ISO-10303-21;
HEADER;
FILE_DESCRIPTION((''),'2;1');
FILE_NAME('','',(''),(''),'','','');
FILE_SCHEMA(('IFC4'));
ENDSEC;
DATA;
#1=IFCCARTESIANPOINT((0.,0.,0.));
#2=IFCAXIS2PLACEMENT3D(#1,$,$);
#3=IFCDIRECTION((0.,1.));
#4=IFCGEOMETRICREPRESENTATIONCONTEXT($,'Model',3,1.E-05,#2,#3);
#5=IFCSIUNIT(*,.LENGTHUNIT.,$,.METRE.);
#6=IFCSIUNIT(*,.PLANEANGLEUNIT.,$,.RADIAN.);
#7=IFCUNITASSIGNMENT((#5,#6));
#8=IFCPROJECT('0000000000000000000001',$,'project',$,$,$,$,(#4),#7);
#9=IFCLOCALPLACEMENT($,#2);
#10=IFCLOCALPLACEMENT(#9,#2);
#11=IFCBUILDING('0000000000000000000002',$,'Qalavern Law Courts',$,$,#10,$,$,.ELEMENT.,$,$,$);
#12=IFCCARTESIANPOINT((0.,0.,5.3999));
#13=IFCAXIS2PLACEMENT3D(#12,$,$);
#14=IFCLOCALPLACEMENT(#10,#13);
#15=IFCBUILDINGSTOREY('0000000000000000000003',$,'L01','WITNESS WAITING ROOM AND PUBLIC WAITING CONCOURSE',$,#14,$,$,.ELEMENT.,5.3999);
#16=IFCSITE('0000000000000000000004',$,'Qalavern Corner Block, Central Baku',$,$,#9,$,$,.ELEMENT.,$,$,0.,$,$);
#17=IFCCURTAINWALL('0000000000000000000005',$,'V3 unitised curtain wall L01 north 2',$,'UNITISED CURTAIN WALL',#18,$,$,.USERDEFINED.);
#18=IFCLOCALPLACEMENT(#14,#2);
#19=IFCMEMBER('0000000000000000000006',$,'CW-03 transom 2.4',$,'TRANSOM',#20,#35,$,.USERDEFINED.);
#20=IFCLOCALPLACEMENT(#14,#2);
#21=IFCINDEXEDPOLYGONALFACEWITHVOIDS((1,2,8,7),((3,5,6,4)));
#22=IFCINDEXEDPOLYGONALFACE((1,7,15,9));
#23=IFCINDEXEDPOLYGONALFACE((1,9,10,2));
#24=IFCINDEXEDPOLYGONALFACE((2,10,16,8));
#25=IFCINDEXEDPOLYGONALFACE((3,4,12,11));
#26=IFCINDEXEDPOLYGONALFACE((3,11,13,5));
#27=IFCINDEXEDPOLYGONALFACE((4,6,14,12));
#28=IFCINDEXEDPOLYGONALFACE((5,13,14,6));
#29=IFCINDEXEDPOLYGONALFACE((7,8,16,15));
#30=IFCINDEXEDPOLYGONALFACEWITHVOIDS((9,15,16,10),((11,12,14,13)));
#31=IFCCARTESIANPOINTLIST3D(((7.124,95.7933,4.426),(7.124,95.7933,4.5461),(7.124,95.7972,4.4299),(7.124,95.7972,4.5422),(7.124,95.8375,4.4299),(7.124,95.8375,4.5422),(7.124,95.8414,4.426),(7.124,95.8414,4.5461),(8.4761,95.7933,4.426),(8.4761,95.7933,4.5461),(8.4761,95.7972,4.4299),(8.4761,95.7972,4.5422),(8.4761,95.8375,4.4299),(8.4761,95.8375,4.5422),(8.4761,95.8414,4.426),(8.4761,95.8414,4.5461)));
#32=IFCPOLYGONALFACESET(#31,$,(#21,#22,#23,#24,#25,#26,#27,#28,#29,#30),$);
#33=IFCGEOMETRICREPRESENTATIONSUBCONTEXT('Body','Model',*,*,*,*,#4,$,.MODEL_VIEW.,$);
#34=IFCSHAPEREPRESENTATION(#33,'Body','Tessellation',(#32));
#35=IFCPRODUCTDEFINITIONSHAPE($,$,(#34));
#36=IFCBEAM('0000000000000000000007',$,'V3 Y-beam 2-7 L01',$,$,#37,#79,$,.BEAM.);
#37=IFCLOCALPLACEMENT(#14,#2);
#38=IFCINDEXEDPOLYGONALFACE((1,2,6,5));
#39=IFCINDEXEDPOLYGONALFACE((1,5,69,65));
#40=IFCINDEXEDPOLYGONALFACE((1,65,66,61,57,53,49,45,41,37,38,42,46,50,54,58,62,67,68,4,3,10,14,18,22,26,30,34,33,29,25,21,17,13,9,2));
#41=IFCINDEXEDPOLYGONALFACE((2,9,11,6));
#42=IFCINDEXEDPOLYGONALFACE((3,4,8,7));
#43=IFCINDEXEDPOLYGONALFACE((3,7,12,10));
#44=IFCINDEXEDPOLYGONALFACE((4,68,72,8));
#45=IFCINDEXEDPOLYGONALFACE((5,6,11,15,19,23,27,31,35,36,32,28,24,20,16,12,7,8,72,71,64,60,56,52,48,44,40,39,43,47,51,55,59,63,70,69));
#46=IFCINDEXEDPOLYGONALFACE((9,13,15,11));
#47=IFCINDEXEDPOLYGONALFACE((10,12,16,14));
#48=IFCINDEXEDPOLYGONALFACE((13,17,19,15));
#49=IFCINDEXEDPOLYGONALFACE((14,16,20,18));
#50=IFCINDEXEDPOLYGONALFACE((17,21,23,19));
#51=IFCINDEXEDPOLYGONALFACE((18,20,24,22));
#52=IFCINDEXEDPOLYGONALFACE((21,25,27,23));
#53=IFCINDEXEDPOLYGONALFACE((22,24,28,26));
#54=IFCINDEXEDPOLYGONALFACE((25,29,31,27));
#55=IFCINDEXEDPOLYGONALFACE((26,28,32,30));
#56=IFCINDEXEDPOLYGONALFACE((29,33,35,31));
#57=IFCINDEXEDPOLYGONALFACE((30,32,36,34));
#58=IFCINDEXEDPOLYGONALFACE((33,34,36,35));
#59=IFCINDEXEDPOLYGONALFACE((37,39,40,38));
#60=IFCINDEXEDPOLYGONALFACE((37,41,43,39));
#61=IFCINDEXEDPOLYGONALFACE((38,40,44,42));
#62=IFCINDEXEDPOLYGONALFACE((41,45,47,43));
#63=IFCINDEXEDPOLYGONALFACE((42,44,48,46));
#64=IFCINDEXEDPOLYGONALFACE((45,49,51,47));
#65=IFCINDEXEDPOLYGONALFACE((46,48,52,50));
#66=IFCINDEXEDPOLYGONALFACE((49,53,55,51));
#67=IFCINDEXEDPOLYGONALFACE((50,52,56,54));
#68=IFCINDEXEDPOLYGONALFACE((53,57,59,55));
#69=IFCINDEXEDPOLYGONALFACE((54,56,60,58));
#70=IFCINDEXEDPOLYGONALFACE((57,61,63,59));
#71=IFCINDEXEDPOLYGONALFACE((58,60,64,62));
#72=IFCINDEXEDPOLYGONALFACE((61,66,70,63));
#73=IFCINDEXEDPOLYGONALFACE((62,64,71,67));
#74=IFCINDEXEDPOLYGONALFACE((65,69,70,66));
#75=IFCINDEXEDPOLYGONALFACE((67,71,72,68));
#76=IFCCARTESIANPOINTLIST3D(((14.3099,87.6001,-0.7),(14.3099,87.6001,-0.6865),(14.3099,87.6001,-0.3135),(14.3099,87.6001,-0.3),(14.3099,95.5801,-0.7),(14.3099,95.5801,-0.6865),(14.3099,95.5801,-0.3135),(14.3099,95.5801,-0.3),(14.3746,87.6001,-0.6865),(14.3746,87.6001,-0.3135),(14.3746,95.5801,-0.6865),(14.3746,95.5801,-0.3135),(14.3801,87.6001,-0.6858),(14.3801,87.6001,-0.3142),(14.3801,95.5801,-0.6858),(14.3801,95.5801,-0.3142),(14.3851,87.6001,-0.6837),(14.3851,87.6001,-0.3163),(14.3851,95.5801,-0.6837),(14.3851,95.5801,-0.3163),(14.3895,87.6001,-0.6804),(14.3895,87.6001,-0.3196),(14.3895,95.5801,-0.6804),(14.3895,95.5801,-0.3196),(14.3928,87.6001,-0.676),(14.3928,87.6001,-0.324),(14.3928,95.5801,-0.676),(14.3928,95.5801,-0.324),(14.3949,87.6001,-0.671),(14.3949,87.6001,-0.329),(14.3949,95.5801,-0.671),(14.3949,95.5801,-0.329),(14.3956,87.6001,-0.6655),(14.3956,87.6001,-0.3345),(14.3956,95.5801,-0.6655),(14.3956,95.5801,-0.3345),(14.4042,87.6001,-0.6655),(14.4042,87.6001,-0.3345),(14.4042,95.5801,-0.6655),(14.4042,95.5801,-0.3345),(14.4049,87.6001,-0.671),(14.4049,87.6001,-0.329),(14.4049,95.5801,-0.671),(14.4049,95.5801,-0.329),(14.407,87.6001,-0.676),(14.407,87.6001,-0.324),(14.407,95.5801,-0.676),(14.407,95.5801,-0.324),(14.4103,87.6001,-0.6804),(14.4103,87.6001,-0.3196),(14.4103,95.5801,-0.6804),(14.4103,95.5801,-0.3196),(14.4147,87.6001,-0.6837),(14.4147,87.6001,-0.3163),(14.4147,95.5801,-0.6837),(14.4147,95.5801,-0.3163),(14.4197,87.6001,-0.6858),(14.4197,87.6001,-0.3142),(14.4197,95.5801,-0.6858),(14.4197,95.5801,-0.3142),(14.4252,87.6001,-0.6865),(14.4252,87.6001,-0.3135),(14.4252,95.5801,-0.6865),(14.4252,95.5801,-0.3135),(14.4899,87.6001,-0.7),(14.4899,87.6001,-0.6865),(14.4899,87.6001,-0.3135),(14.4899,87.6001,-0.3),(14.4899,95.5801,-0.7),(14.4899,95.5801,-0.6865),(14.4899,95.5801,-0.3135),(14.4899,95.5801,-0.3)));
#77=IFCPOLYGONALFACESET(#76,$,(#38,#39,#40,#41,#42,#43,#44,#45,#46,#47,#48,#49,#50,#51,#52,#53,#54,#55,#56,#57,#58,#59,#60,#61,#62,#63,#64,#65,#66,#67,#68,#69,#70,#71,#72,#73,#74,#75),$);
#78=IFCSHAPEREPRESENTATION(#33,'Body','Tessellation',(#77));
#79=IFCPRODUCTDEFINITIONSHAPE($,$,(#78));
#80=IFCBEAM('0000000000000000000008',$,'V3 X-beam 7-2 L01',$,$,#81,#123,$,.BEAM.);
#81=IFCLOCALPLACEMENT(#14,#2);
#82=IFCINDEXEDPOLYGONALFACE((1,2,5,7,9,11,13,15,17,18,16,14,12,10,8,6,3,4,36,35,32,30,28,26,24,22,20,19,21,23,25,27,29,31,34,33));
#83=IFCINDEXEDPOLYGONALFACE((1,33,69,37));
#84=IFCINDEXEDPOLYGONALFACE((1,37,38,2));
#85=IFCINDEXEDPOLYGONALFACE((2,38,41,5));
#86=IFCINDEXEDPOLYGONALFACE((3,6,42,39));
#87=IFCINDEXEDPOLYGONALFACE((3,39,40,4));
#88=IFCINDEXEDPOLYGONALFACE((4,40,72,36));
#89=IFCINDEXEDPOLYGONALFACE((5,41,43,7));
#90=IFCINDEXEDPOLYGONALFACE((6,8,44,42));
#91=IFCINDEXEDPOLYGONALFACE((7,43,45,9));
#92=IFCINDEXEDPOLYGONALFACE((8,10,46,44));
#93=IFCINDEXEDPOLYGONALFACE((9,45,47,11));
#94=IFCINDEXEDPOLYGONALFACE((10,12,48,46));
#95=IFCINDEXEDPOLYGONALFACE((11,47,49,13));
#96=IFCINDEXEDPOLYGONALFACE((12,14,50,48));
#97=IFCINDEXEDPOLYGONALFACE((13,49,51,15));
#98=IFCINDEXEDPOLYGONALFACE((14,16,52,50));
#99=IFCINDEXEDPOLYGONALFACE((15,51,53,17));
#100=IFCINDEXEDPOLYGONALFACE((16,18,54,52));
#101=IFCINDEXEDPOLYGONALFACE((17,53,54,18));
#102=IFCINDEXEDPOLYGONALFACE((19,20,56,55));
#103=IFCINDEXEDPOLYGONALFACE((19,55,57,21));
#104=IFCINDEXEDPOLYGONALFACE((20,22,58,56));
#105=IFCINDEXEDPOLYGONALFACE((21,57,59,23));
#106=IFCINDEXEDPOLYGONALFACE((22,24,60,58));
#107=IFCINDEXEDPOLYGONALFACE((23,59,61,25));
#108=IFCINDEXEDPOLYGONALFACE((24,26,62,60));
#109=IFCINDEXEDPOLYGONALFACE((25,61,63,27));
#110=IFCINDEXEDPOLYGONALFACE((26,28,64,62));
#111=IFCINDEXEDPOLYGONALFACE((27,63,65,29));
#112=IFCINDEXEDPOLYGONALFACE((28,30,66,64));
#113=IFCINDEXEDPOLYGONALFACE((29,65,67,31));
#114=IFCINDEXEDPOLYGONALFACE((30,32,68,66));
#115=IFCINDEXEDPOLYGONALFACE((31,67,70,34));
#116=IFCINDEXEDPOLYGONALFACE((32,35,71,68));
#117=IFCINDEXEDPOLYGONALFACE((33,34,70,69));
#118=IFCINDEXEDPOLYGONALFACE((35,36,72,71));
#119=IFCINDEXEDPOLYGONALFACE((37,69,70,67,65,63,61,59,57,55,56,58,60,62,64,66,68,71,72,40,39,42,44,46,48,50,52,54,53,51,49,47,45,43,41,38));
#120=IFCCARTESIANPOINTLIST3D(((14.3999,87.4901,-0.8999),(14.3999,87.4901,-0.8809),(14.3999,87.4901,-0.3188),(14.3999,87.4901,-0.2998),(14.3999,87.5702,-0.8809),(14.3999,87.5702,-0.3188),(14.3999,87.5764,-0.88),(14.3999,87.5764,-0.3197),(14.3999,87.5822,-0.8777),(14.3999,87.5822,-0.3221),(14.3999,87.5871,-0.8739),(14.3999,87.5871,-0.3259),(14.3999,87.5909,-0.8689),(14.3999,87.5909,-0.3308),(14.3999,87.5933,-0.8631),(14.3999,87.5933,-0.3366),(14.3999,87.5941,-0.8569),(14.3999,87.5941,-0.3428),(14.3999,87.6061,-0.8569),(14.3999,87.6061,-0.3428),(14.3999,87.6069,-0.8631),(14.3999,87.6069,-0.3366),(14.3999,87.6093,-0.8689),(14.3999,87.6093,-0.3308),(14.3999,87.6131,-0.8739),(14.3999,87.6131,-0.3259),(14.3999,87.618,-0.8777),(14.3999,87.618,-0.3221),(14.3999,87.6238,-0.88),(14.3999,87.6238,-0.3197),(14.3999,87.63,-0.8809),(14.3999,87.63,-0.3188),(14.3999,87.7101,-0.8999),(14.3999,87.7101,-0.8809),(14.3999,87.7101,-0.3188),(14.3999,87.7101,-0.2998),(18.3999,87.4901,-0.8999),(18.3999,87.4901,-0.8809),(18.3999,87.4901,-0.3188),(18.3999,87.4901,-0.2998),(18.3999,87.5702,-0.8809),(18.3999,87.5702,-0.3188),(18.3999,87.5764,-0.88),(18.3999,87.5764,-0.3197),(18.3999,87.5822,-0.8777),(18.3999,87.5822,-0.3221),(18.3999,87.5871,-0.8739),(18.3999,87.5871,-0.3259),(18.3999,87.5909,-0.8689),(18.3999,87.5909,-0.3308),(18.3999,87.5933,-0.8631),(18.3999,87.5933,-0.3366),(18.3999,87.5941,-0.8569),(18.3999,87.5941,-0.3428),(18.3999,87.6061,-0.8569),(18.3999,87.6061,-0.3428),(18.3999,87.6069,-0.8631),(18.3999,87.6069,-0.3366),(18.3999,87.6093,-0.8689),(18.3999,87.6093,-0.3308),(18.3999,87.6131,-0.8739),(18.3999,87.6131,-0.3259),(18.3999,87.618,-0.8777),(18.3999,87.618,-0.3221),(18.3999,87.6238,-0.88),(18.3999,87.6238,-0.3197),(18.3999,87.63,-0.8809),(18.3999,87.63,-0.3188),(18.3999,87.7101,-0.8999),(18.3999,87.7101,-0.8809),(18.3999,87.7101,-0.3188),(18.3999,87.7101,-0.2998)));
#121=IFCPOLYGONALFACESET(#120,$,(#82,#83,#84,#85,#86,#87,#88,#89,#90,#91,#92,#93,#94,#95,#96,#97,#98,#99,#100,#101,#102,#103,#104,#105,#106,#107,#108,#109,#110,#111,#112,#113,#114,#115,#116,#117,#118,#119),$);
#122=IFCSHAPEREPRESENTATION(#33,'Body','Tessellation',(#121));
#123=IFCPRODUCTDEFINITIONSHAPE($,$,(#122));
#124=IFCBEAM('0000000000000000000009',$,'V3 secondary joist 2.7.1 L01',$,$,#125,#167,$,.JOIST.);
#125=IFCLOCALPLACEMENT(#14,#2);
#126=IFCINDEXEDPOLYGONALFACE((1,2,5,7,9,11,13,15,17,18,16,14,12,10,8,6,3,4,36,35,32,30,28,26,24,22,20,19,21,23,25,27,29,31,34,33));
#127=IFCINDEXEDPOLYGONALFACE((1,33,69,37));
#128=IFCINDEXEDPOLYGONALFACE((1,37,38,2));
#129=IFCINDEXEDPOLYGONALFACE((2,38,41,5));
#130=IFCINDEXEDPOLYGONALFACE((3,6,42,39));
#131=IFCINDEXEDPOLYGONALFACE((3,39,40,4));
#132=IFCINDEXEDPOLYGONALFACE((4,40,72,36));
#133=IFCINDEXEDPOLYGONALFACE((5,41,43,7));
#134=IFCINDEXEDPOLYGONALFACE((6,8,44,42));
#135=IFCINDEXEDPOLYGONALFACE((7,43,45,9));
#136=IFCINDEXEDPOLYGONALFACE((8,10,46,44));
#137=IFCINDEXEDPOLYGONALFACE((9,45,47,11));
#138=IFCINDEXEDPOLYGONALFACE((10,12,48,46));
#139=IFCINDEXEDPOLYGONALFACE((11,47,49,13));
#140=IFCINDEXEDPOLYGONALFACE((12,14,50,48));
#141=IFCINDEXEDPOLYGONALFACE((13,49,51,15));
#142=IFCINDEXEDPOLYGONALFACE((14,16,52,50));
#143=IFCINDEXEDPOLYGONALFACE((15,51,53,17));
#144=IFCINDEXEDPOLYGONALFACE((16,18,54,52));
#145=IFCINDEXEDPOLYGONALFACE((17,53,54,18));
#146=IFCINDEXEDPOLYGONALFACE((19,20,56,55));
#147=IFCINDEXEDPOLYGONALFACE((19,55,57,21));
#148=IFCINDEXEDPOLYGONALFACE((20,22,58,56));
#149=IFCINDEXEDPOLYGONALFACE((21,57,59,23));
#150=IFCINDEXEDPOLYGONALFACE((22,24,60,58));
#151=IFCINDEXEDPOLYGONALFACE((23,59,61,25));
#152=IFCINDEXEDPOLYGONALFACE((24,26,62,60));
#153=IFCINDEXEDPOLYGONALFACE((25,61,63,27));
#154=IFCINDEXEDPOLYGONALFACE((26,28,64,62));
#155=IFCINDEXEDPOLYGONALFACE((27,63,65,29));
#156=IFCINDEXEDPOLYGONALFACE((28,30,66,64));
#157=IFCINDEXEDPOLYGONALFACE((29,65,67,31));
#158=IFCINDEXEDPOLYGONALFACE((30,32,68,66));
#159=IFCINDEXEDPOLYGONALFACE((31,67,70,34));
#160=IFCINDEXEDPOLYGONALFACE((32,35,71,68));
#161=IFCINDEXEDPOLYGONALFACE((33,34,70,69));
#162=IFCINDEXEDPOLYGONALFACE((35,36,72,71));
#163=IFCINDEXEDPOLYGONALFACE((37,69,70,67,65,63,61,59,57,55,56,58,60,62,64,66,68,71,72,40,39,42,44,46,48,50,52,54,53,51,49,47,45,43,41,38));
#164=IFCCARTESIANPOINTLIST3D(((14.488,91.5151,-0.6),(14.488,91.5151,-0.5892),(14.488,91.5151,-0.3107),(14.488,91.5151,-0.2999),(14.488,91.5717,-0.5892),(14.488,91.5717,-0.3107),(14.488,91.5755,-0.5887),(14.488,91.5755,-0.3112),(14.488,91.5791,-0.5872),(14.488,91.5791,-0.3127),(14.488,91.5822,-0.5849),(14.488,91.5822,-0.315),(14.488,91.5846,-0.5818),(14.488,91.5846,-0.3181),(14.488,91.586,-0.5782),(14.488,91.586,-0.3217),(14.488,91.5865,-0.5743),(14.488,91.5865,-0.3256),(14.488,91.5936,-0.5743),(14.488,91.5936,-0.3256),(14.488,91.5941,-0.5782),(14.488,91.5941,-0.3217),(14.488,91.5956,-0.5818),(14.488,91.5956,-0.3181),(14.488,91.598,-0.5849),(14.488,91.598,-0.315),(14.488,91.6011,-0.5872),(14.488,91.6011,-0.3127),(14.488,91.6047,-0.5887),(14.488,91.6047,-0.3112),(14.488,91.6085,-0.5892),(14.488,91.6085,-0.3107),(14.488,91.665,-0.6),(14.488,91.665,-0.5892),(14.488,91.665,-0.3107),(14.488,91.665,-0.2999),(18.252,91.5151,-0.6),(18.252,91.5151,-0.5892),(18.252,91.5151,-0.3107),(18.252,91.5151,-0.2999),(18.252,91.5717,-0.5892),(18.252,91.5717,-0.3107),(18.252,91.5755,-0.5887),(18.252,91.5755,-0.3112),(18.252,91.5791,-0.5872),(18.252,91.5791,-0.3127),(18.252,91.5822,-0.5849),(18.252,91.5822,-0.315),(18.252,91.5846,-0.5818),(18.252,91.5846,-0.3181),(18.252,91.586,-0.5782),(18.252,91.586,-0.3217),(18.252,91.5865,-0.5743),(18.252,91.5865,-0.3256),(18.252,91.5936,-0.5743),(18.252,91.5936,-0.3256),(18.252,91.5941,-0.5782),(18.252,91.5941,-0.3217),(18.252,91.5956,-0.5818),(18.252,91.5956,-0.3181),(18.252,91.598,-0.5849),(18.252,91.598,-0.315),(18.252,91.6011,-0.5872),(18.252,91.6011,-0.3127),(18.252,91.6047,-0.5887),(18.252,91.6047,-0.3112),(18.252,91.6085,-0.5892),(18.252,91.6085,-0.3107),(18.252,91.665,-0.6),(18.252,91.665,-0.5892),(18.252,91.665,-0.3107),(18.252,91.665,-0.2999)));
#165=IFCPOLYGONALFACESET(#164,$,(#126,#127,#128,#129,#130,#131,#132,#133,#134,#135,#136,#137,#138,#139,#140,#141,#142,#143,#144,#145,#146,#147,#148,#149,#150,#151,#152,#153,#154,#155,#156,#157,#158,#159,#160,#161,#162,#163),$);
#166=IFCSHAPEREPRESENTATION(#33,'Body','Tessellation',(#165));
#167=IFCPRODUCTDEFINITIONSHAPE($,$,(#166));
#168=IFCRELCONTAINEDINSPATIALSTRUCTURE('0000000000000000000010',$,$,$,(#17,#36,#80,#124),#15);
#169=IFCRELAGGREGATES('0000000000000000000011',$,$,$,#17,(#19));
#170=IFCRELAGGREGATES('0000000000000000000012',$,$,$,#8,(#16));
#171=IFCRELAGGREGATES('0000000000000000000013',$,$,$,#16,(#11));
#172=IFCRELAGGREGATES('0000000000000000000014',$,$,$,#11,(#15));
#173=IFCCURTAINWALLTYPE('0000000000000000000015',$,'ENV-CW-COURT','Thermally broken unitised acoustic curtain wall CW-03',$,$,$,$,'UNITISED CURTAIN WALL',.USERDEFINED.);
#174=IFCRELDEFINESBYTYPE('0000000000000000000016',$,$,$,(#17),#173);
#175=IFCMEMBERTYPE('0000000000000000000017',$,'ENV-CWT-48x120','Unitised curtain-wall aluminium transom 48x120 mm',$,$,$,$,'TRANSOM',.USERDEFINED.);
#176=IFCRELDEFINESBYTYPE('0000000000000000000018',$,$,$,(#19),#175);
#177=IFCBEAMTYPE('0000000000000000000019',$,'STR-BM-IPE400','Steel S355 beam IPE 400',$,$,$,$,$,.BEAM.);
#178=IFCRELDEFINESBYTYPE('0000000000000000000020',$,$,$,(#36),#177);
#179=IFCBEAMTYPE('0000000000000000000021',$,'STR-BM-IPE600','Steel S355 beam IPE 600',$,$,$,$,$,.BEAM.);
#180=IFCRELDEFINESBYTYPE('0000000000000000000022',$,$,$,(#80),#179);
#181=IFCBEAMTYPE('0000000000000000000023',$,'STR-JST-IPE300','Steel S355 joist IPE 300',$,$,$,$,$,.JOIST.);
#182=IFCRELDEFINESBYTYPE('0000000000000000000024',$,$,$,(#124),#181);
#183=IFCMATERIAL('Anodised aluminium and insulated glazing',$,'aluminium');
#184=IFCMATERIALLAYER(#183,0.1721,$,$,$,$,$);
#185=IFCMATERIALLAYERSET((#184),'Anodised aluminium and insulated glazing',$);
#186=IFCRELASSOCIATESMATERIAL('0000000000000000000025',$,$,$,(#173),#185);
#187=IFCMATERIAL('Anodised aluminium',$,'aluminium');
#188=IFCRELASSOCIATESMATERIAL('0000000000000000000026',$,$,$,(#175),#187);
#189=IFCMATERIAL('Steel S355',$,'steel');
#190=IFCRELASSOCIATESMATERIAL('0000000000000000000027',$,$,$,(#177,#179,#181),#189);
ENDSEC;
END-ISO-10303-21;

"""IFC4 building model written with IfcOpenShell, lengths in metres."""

from ifc_helpers import new_model, si_unit, direction, frame, origin, origin_2d, place, context, subcontext, project, spatial, hollow_rectangle, i_section, extrude, material, layer, layer_set, material_profile, profile_set, type_object, element, aggregate, save


model = new_model("IFC4")

# Units and contexts
model_context = context("Model", 3, precision=1e-05, world=origin(), true_north=direction((0.0, 1.0)))
body_context = subcontext(model_context, "Body", "Model", "MODEL_VIEW")
ifc_project = project(units=[si_unit("LENGTHUNIT", "METRE"), si_unit("PLANEANGLEUNIT", "RADIAN")], contexts=[model_context])

# Site, building, storey
site_placement = place(None, origin())
site = spatial("IfcSite", under=ifc_project, at=site_placement, Name="Qalavern Corner Block, Central Baku", CompositionType="ELEMENT", RefElevation=0.0)
building_placement = place(site_placement, origin())
building = spatial("IfcBuilding", under=site, at=building_placement, Name="Qalavern Law Courts", CompositionType="ELEMENT")
storey_placement = place(building_placement, frame((0.0, 0.0, 5.3999)))
storey = spatial("IfcBuildingStorey", under=building, at=storey_placement, Name="L01", Description="WITNESS WAITING ROOM AND PUBLIC WAITING CONCOURSE", CompositionType="ELEMENT", Elevation=5.3999)

# Curtain wall, member
ifc_material_1 = material(Name="Anodised aluminium and insulated glazing", Category="aluminium")
ifc_layer_1 = layer(ifc_material_1, 0.1721)
ifc_layer_set_1 = layer_set([ifc_layer_1], Name="Anodised aluminium and insulated glazing")
curtain_wall_type = type_object("IfcCurtainWallType", Name="ENV-CW-COURT", Description="Thermally broken unitised acoustic curtain wall CW-03", ElementType="UNITISED CURTAIN WALL", PredefinedType="USERDEFINED", material=ifc_layer_set_1)
ifc_material_2 = material(Name="Anodised aluminium", Category="aluminium")
ifc_material_profile_1 = material_profile(ifc_material_2, hollow_rectangle(XDim=0.0481, YDim=0.1201, WallThickness=0.0039, at=origin_2d()), Name="ALU TRANSOM 48x120")
ifc_profile_set_1 = profile_set([ifc_material_profile_1], Name="Anodised aluminium")
member_type_1 = type_object("IfcMemberType", Name="ENV-CWT-48x120", Description="Unitised curtain-wall aluminium transom 48x120 mm", ElementType="TRANSOM", PredefinedType="USERDEFINED", material=ifc_profile_set_1)
curtain_wall_1_placement = place(storey_placement, origin())
curtain_wall_1 = element("IfcCurtainWall", 1, at=curtain_wall_1_placement, inside=storey, type_object=curtain_wall_type, Name="V3 unitised curtain wall L01 north 2", ObjectType="UNITISED CURTAIN WALL", PredefinedType="USERDEFINED")
member_1_placement = place(storey_placement, frame((8.4761, 95.8174, 4.4861), z_axis=(-1.0, 0.0, 0.0), x_axis=(0.0, -1.0, 0.0)))
member_1 = element("IfcMember", 2, at=member_1_placement, type_object=member_type_1, Name="CW-03 transom 2.4", ObjectType="TRANSOM", PredefinedType="USERDEFINED", context=body_context, shape_type="SweptSolid", body=[
    extrude(hollow_rectangle(XDim=0.0481, YDim=0.1201, WallThickness=0.0039, at=origin_2d()), origin(), (0.0, 0.0, 1.0), 1.3521),
])
aggregate(curtain_wall_1, [member_1])

# Beams
ifc_material_3 = material(Name="Steel S355", Category="steel")
ifc_material_profile_2 = material_profile(ifc_material_3, i_section(OverallWidth=0.1799, OverallDepth=0.3999, WebThickness=0.0085, FlangeThickness=0.0134, FilletRadius=0.021, at=origin_2d()), Name="IPE 400")
ifc_profile_set_2 = profile_set([ifc_material_profile_2], Name="Steel S355")
beam_type_1 = type_object("IfcBeamType", Name="STR-BM-IPE400", Description="Steel S355 beam IPE 400", PredefinedType="BEAM", material=ifc_profile_set_2)
beam_1_placement = place(storey_placement, frame((14.3999, 87.6001, -0.5), z_axis=(0.0, 1.0, 0.0), x_axis=(-1.0, 0.0, 0.0)))
element("IfcBeam", 3, at=beam_1_placement, inside=storey, type_object=beam_type_1, Name="V3 Y-beam 2-7 L01", PredefinedType="BEAM", context=body_context, shape_type="SweptSolid", body=[
    extrude(i_section(OverallWidth=0.1799, OverallDepth=0.3999, WebThickness=0.0085, FlangeThickness=0.0134, FilletRadius=0.021, at=origin_2d()), origin(), (0.0, 0.0, 1.0), 7.98),
])
ifc_material_profile_3 = material_profile(ifc_material_3, i_section(OverallWidth=0.22, OverallDepth=0.6001, WebThickness=0.012, FlangeThickness=0.019, FilletRadius=0.0239, at=origin_2d()), Name="IPE 600")
ifc_profile_set_3 = profile_set([ifc_material_profile_3], Name="Steel S355")
beam_type_2 = type_object("IfcBeamType", Name="STR-BM-IPE600", Description="Steel S355 beam IPE 600", PredefinedType="BEAM", material=ifc_profile_set_3)
beam_2_placement = place(storey_placement, frame((14.3999, 87.6001, -0.5999), z_axis=(1.0, 0.0, 0.0), x_axis=(0.0, 1.0, 0.0)))
element("IfcBeam", 4, at=beam_2_placement, inside=storey, type_object=beam_type_2, Name="V3 X-beam 7-2 L01", PredefinedType="BEAM", context=body_context, shape_type="SweptSolid", body=[
    extrude(i_section(OverallWidth=0.22, OverallDepth=0.6001, WebThickness=0.012, FlangeThickness=0.019, FilletRadius=0.0239, at=origin_2d()), origin(), (0.0, 0.0, 1.0), 4.0),
])
ifc_material_profile_4 = material_profile(ifc_material_3, i_section(OverallWidth=0.1499, OverallDepth=0.3, WebThickness=0.0071, FlangeThickness=0.0107, FilletRadius=0.0149, at=origin_2d()), Name="IPE 300")
ifc_profile_set_4 = profile_set([ifc_material_profile_4], Name="Steel S355")
beam_type_3 = type_object("IfcBeamType", Name="STR-JST-IPE300", Description="Steel S355 joist IPE 300", PredefinedType="JOIST", material=ifc_profile_set_4)
beam_3_placement = place(storey_placement, frame((14.488, 91.5901, -0.45), z_axis=(1.0, 0.0, 0.0), x_axis=(0.0, 1.0, 0.0)))
element("IfcBeam", 5, at=beam_3_placement, inside=storey, type_object=beam_type_3, Name="V3 secondary joist 2.7.1 L01", PredefinedType="JOIST", context=body_context, shape_type="SweptSolid", body=[
    extrude(i_section(OverallWidth=0.1499, OverallDepth=0.3, WebThickness=0.0071, FlangeThickness=0.0107, FilletRadius=0.0149, at=origin_2d()), origin(), (0.0, 0.0, 1.0), 3.7639),
])

save(model, "model.ifc")
